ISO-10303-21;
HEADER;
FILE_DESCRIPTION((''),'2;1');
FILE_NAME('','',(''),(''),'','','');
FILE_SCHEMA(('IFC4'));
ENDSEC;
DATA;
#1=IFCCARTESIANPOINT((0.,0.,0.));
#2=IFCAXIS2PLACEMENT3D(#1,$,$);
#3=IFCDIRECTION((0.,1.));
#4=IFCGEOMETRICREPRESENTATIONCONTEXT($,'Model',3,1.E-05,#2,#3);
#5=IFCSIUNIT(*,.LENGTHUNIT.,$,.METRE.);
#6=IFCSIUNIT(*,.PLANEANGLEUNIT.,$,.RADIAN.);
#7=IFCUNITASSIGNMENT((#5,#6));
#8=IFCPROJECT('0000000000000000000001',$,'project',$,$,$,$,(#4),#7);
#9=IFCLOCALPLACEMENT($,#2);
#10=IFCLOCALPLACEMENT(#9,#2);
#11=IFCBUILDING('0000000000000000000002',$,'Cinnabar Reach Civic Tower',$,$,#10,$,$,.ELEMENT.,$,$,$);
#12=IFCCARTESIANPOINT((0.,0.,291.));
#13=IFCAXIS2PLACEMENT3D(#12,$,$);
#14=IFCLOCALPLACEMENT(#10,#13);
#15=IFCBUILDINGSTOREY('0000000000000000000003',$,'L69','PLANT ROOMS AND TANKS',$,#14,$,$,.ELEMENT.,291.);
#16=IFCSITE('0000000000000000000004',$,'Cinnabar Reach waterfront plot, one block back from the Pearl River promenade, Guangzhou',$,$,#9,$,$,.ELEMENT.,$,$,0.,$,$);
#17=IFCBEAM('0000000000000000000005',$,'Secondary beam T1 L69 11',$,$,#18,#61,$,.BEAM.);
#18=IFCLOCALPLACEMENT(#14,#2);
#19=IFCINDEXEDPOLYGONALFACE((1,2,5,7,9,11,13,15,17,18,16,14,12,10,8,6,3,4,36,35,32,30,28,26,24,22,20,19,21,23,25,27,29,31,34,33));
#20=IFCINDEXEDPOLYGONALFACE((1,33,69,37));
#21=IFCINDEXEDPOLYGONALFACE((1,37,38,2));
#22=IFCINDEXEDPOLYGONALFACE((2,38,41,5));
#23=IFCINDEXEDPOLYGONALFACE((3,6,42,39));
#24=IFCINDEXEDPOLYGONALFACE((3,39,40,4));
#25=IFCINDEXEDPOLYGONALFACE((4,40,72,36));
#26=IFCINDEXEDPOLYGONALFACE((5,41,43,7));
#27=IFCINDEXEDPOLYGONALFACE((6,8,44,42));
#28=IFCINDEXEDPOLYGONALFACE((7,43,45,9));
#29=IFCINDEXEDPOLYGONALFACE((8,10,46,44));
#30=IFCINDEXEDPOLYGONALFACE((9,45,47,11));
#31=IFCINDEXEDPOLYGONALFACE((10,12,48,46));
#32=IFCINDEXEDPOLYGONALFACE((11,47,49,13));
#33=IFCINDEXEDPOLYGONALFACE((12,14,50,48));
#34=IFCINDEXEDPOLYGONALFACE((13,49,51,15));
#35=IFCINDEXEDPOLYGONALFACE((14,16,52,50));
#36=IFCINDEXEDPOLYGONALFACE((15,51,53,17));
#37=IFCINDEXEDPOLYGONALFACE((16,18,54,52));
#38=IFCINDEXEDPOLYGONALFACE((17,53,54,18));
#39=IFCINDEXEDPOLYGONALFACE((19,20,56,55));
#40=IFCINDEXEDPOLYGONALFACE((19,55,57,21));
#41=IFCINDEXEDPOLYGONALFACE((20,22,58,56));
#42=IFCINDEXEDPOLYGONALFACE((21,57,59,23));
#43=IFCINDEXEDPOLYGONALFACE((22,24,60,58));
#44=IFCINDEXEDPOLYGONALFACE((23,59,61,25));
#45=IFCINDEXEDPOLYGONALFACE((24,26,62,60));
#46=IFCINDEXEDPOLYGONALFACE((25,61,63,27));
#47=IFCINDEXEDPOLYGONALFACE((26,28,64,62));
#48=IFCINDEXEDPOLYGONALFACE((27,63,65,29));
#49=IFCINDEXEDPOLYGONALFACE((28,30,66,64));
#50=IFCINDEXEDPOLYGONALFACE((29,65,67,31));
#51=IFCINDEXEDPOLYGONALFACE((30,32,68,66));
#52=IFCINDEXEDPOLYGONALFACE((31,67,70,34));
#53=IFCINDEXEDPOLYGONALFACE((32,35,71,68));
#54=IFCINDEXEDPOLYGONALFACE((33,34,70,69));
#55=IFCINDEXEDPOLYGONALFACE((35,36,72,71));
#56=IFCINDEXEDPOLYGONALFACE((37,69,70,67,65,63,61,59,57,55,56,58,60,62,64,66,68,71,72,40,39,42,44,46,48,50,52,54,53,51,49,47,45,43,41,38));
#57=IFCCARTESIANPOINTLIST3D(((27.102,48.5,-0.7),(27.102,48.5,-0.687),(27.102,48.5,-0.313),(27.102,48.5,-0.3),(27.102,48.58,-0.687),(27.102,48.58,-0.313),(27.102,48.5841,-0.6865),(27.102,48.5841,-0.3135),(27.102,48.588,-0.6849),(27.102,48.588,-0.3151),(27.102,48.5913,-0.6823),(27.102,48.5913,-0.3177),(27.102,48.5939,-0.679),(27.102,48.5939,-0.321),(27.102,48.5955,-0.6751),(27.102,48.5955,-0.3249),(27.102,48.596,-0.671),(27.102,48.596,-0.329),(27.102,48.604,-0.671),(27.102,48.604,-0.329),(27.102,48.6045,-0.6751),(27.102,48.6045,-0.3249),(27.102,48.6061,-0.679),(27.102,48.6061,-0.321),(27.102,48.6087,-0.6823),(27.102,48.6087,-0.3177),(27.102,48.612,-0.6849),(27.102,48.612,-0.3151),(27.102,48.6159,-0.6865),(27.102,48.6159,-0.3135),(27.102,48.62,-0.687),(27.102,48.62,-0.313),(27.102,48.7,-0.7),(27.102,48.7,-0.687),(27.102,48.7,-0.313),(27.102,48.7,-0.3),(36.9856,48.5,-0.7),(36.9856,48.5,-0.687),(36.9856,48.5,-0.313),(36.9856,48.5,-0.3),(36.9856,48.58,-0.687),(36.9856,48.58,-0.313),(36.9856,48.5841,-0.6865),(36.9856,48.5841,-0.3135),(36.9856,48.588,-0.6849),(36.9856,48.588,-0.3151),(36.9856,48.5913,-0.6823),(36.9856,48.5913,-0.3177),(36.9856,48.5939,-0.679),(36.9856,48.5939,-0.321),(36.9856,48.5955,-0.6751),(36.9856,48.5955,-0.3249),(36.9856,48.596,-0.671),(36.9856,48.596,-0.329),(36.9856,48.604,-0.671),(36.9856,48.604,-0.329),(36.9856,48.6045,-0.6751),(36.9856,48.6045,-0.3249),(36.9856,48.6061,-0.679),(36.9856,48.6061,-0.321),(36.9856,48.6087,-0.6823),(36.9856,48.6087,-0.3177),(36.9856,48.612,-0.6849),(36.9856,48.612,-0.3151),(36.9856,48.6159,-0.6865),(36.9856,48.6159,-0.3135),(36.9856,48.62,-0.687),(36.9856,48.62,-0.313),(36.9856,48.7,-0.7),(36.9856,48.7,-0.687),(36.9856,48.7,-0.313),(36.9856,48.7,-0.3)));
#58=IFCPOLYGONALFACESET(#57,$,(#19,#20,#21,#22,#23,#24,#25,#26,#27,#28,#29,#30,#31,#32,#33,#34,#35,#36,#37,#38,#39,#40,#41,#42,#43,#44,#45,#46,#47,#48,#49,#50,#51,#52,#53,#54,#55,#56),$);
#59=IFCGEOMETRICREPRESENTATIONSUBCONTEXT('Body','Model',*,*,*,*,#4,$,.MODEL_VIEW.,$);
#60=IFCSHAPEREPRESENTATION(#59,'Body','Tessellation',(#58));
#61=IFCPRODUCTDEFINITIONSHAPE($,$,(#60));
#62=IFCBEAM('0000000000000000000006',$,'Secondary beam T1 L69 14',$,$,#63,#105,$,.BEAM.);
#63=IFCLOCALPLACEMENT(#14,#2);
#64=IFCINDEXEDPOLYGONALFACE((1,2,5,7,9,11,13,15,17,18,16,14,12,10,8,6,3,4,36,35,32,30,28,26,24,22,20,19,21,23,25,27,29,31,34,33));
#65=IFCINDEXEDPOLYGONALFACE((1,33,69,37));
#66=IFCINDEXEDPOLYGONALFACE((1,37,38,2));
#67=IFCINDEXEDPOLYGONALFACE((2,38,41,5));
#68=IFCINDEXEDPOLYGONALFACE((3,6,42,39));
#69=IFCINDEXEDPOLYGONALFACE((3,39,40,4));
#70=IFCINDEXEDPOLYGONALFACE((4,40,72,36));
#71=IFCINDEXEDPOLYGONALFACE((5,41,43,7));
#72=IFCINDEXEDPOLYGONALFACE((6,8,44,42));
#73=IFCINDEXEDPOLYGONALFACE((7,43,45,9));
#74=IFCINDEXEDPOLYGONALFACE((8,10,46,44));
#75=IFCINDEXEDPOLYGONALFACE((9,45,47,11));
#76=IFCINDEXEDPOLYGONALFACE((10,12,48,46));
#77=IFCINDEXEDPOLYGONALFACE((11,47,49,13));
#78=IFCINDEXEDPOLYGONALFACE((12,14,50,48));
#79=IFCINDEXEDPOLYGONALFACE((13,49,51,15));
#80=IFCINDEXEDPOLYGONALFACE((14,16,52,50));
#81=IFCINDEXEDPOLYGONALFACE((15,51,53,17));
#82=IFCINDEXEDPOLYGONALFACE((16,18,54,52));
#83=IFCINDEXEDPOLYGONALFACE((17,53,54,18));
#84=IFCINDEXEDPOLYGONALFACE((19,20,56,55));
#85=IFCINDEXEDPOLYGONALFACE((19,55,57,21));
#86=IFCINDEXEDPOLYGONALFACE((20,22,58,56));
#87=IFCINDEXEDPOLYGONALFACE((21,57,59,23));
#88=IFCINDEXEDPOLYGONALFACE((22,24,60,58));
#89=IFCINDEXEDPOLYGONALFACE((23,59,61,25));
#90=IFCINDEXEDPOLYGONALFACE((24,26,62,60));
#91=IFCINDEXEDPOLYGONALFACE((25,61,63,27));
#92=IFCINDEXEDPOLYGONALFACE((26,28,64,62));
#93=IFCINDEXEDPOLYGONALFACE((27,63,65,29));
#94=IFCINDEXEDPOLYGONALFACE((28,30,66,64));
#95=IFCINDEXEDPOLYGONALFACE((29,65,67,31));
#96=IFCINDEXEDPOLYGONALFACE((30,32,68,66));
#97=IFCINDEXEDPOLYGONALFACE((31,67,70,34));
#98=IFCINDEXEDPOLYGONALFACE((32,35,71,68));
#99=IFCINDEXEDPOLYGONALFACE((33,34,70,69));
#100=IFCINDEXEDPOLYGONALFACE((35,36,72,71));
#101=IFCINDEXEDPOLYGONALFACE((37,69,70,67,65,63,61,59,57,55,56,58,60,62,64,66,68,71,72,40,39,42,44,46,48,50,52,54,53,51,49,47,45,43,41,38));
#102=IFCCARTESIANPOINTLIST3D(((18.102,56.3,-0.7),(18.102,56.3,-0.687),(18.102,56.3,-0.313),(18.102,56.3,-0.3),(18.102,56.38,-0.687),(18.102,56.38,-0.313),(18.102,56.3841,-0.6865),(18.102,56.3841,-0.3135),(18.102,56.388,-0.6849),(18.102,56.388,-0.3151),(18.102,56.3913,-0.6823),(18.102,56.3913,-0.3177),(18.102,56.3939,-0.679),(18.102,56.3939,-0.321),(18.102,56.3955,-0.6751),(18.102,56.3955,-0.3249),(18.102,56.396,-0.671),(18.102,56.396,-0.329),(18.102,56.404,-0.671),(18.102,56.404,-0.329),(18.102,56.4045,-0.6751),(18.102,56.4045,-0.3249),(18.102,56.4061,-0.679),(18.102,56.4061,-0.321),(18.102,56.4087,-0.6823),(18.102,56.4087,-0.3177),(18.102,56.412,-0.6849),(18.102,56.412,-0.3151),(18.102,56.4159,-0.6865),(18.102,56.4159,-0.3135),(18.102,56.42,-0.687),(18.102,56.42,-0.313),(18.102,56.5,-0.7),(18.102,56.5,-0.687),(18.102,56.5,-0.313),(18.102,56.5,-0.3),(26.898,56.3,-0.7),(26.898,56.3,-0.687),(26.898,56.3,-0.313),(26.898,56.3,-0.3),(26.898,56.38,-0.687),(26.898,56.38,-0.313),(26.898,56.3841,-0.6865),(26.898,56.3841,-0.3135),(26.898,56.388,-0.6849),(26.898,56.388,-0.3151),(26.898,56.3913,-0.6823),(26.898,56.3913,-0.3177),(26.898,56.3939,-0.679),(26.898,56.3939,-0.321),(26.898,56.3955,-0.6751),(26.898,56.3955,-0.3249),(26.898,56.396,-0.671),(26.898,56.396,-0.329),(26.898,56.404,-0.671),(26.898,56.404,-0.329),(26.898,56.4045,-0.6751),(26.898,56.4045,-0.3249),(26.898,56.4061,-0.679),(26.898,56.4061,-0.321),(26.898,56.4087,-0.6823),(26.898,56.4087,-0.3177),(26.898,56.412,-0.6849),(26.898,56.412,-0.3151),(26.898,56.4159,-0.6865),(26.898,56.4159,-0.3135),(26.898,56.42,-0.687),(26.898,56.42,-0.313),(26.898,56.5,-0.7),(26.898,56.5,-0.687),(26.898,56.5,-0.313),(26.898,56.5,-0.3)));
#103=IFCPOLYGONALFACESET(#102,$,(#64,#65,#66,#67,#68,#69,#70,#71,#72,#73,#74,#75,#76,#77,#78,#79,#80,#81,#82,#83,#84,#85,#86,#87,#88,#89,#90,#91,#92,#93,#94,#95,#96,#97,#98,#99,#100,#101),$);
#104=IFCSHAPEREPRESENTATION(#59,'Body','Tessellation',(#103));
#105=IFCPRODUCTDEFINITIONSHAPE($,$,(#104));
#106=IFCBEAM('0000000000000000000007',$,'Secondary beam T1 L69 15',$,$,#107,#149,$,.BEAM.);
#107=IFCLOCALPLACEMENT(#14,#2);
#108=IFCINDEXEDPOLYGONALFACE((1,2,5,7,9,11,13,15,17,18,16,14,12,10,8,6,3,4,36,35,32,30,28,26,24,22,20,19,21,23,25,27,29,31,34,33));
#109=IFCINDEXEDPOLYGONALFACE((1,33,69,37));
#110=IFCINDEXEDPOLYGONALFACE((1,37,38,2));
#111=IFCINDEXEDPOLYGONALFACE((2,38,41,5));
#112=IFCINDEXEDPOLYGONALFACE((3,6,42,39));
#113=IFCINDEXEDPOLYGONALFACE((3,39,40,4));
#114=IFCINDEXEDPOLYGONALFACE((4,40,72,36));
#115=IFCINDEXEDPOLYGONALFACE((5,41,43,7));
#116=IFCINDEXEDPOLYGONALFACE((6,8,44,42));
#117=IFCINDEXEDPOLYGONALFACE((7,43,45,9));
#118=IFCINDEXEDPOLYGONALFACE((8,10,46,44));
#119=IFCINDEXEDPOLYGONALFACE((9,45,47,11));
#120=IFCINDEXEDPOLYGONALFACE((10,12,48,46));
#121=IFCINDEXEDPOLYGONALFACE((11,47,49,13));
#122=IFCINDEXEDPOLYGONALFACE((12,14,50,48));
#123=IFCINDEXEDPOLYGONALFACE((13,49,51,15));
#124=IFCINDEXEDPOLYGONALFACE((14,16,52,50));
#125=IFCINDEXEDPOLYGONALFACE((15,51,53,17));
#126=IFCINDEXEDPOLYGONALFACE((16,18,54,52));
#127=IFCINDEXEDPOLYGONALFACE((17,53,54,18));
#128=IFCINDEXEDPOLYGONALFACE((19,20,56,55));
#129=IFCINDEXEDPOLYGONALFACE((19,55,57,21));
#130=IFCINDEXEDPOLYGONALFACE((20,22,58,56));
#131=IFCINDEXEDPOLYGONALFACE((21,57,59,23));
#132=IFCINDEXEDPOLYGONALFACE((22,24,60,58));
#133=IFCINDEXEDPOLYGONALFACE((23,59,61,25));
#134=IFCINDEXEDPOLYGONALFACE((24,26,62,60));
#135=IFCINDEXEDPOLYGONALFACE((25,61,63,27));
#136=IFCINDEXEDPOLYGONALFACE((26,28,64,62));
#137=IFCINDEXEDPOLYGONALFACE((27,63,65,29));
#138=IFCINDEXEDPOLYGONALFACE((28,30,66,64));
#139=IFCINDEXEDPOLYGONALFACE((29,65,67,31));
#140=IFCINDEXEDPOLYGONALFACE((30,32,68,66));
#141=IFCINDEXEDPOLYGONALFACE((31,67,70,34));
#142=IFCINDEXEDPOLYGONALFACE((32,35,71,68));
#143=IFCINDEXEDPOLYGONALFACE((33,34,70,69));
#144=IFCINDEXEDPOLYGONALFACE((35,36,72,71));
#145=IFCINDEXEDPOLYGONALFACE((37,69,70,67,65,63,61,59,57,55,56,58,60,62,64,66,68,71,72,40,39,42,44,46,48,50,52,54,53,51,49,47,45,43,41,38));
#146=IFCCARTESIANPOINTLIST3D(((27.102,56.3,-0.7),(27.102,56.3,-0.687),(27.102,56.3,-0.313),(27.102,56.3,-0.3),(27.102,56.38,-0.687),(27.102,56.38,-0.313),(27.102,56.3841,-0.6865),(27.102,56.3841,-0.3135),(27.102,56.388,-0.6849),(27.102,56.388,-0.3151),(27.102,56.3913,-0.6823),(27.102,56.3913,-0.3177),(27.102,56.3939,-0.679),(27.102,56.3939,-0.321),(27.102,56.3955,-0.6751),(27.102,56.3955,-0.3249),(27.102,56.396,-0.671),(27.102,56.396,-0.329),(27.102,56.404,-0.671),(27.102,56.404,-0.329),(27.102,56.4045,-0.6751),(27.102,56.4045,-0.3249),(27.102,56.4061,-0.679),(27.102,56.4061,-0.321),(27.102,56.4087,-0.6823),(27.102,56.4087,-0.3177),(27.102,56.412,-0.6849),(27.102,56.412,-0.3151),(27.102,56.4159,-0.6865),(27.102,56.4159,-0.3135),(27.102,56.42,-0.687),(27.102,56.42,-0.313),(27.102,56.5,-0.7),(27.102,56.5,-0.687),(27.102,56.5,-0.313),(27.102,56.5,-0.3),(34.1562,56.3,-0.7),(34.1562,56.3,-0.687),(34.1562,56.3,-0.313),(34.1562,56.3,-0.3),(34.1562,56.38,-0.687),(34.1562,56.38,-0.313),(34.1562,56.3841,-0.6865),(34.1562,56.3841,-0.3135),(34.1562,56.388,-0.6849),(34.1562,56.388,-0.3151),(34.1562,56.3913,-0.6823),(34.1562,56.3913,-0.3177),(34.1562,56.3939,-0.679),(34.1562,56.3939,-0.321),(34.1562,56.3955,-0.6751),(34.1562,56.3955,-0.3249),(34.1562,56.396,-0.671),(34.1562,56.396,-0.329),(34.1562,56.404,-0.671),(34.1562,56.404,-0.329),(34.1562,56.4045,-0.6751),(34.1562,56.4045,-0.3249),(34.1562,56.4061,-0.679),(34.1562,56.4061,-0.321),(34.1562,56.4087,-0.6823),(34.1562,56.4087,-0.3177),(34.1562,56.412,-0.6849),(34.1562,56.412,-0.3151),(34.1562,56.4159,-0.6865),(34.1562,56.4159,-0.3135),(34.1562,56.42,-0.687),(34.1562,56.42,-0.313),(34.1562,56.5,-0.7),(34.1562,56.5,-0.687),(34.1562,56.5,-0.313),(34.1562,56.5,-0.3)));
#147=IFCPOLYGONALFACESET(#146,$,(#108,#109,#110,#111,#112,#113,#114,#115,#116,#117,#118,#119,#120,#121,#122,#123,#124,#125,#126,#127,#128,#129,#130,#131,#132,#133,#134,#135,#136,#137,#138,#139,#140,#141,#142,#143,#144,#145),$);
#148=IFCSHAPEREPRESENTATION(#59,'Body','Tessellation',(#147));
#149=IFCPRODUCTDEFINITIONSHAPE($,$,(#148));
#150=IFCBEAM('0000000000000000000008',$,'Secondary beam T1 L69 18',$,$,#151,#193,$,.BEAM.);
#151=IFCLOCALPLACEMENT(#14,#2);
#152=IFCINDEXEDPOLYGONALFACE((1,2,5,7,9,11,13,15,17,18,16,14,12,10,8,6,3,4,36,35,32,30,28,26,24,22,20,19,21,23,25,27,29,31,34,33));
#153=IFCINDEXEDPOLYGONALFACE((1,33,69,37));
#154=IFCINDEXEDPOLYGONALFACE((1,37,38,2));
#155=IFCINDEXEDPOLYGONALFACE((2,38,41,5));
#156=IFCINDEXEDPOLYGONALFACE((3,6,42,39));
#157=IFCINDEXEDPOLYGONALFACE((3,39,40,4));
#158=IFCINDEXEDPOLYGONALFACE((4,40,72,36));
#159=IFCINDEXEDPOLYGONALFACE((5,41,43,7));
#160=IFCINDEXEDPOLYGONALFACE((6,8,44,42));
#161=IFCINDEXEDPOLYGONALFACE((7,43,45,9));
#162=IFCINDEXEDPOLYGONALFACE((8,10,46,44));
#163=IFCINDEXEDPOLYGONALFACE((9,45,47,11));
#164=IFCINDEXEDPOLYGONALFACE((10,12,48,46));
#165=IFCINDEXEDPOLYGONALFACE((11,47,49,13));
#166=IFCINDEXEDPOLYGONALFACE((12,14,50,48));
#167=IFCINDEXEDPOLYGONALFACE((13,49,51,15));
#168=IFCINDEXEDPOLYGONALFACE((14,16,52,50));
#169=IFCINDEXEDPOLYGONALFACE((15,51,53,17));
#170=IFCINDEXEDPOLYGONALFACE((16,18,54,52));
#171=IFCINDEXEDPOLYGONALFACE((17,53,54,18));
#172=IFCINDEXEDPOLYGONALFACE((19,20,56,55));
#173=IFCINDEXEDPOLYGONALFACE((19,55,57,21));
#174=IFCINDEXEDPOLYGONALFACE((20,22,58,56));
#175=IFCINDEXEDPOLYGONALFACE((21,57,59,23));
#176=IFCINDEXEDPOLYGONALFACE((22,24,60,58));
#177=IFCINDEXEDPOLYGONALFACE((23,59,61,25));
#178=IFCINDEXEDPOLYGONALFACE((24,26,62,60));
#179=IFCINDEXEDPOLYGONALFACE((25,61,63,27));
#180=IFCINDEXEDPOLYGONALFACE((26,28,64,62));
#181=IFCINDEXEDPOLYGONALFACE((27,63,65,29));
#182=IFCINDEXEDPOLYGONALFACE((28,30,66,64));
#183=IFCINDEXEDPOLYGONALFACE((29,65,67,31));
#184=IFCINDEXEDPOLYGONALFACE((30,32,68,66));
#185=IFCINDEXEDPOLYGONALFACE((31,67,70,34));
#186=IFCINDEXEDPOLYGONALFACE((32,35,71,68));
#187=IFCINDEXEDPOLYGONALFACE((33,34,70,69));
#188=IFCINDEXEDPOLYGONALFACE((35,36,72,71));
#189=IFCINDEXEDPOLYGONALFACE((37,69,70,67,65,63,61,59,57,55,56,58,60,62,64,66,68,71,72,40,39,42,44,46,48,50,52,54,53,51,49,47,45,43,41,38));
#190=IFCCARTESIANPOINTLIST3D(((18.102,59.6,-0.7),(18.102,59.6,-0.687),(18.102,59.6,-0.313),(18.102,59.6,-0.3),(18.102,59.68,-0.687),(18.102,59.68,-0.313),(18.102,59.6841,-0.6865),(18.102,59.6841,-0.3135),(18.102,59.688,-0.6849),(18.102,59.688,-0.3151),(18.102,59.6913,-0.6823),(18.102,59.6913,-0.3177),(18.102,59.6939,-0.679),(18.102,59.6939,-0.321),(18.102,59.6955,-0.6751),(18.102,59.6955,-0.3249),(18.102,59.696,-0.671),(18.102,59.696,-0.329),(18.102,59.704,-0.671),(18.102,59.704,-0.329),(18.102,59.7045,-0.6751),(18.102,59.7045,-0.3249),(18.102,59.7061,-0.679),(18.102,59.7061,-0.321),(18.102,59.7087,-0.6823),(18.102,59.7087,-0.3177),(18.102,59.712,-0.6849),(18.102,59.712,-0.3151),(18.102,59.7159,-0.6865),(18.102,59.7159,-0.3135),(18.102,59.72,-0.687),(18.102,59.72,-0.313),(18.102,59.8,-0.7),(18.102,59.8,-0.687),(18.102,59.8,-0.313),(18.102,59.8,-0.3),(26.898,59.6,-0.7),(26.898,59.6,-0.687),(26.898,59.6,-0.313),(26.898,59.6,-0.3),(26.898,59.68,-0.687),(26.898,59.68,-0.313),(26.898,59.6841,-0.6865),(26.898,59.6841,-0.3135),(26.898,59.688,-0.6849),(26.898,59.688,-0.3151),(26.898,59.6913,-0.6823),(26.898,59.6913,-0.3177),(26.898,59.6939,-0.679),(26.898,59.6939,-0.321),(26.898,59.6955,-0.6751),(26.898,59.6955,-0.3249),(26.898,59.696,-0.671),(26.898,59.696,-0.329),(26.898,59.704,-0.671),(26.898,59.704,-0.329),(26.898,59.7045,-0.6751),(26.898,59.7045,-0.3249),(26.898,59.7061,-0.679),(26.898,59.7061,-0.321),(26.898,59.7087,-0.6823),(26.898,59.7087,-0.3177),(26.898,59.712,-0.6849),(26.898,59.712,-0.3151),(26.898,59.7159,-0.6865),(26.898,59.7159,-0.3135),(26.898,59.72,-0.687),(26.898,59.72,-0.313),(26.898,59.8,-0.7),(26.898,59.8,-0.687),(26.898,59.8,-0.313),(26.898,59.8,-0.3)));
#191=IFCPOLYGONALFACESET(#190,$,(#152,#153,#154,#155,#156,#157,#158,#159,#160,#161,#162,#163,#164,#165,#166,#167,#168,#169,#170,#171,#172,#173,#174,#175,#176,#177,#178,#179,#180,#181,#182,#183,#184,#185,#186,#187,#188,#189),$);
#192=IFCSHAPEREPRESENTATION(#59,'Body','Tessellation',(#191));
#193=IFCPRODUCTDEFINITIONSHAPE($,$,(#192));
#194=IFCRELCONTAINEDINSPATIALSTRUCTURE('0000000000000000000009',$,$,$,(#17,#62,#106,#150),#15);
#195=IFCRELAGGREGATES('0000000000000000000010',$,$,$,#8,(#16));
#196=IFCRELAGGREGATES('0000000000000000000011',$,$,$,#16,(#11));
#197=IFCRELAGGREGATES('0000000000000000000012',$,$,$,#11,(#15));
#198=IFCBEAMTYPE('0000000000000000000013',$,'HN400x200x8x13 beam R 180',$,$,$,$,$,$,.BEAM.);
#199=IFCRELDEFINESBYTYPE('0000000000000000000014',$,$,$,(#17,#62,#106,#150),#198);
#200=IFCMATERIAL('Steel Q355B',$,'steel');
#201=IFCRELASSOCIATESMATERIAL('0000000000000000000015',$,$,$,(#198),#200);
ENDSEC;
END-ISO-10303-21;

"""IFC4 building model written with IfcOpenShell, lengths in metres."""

from ifc_helpers import new_model, si_unit, direction, frame, origin, origin_2d, place, context, subcontext, project, spatial, i_section, extrude, material, material_profile, profile_set, type_object, element, save


model = new_model("IFC4")

# Units and contexts
model_context = context("Model", 3, precision=1e-05, world=origin(), true_north=direction((0.0, 1.0)))
body_context = subcontext(model_context, "Body", "Model", "MODEL_VIEW")
ifc_project = project(units=[si_unit("LENGTHUNIT", "METRE"), si_unit("PLANEANGLEUNIT", "RADIAN")], contexts=[model_context])

# Site, building, storey
site_placement = place(None, origin())
site = spatial("IfcSite", under=ifc_project, at=site_placement, Name="Cinnabar Reach waterfront plot, one block back from the Pearl River promenade, Guangzhou", CompositionType="ELEMENT", RefElevation=0.0)
building_placement = place(site_placement, origin())
building = spatial("IfcBuilding", under=site, at=building_placement, Name="Cinnabar Reach Civic Tower", CompositionType="ELEMENT")
storey_placement = place(building_placement, frame((0.0, 0.0, 291.0)))
storey = spatial("IfcBuildingStorey", under=building, at=storey_placement, Name="L69", Description="PLANT ROOMS AND TANKS", CompositionType="ELEMENT", Elevation=291.0)

# Beams
ifc_material_1 = material(Name="Steel Q355B", Category="steel")
ifc_material_profile_1 = material_profile(ifc_material_1, i_section(OverallWidth=0.2, OverallDepth=0.4, WebThickness=0.008, FlangeThickness=0.013, FilletRadius=0.016, at=origin_2d()), Name="HN400x200x8x13")
ifc_profile_set_1 = profile_set([ifc_material_profile_1], Name="Steel Q355B")
beam_type_1 = type_object("IfcBeamType", Name="HN400x200x8x13 beam R 180", PredefinedType="BEAM", material=ifc_profile_set_1)
beam_1_placement = place(storey_placement, frame((27.102, 48.6, -0.5), z_axis=(1.0, 0.0, 0.0), x_axis=(0.0, 1.0, 0.0)))
element("IfcBeam", 1, at=beam_1_placement, inside=storey, type_object=beam_type_1, Name="Secondary beam T1 L69 11", PredefinedType="BEAM", context=body_context, shape_type="SweptSolid", body=[
    extrude(i_section(OverallWidth=0.2, OverallDepth=0.4, WebThickness=0.008, FlangeThickness=0.013, FilletRadius=0.016, at=origin_2d()), origin(), (0.0, 0.0, 1.0), 9.8836),
])
beam_2_placement = place(storey_placement, frame((18.102, 56.4, -0.5), z_axis=(1.0, 0.0, 0.0), x_axis=(0.0, 1.0, 0.0)))
element("IfcBeam", 2, at=beam_2_placement, inside=storey, type_object=beam_type_1, Name="Secondary beam T1 L69 14", PredefinedType="BEAM", context=body_context, shape_type="SweptSolid", body=[
    extrude(i_section(OverallWidth=0.2, OverallDepth=0.4, WebThickness=0.008, FlangeThickness=0.013, FilletRadius=0.016, at=origin_2d()), origin(), (0.0, 0.0, 1.0), 8.796),
])
beam_3_placement = place(storey_placement, frame((27.102, 56.4, -0.5), z_axis=(1.0, 0.0, 0.0), x_axis=(0.0, 1.0, 0.0)))
element("IfcBeam", 3, at=beam_3_placement, inside=storey, type_object=beam_type_1, Name="Secondary beam T1 L69 15", PredefinedType="BEAM", context=body_context, shape_type="SweptSolid", body=[
    extrude(i_section(OverallWidth=0.2, OverallDepth=0.4, WebThickness=0.008, FlangeThickness=0.013, FilletRadius=0.016, at=origin_2d()), origin(), (0.0, 0.0, 1.0), 7.0542),
])
beam_4_placement = place(storey_placement, frame((18.102, 59.7, -0.5), z_axis=(1.0, 0.0, 0.0), x_axis=(0.0, 1.0, 0.0)))
element("IfcBeam", 4, at=beam_4_placement, inside=storey, type_object=beam_type_1, Name="Secondary beam T1 L69 18", PredefinedType="BEAM", context=body_context, shape_type="SweptSolid", body=[
    extrude(i_section(OverallWidth=0.2, OverallDepth=0.4, WebThickness=0.008, FlangeThickness=0.013, FilletRadius=0.016, at=origin_2d()), origin(), (0.0, 0.0, 1.0), 8.796),
])

save(model, "model.ifc")
